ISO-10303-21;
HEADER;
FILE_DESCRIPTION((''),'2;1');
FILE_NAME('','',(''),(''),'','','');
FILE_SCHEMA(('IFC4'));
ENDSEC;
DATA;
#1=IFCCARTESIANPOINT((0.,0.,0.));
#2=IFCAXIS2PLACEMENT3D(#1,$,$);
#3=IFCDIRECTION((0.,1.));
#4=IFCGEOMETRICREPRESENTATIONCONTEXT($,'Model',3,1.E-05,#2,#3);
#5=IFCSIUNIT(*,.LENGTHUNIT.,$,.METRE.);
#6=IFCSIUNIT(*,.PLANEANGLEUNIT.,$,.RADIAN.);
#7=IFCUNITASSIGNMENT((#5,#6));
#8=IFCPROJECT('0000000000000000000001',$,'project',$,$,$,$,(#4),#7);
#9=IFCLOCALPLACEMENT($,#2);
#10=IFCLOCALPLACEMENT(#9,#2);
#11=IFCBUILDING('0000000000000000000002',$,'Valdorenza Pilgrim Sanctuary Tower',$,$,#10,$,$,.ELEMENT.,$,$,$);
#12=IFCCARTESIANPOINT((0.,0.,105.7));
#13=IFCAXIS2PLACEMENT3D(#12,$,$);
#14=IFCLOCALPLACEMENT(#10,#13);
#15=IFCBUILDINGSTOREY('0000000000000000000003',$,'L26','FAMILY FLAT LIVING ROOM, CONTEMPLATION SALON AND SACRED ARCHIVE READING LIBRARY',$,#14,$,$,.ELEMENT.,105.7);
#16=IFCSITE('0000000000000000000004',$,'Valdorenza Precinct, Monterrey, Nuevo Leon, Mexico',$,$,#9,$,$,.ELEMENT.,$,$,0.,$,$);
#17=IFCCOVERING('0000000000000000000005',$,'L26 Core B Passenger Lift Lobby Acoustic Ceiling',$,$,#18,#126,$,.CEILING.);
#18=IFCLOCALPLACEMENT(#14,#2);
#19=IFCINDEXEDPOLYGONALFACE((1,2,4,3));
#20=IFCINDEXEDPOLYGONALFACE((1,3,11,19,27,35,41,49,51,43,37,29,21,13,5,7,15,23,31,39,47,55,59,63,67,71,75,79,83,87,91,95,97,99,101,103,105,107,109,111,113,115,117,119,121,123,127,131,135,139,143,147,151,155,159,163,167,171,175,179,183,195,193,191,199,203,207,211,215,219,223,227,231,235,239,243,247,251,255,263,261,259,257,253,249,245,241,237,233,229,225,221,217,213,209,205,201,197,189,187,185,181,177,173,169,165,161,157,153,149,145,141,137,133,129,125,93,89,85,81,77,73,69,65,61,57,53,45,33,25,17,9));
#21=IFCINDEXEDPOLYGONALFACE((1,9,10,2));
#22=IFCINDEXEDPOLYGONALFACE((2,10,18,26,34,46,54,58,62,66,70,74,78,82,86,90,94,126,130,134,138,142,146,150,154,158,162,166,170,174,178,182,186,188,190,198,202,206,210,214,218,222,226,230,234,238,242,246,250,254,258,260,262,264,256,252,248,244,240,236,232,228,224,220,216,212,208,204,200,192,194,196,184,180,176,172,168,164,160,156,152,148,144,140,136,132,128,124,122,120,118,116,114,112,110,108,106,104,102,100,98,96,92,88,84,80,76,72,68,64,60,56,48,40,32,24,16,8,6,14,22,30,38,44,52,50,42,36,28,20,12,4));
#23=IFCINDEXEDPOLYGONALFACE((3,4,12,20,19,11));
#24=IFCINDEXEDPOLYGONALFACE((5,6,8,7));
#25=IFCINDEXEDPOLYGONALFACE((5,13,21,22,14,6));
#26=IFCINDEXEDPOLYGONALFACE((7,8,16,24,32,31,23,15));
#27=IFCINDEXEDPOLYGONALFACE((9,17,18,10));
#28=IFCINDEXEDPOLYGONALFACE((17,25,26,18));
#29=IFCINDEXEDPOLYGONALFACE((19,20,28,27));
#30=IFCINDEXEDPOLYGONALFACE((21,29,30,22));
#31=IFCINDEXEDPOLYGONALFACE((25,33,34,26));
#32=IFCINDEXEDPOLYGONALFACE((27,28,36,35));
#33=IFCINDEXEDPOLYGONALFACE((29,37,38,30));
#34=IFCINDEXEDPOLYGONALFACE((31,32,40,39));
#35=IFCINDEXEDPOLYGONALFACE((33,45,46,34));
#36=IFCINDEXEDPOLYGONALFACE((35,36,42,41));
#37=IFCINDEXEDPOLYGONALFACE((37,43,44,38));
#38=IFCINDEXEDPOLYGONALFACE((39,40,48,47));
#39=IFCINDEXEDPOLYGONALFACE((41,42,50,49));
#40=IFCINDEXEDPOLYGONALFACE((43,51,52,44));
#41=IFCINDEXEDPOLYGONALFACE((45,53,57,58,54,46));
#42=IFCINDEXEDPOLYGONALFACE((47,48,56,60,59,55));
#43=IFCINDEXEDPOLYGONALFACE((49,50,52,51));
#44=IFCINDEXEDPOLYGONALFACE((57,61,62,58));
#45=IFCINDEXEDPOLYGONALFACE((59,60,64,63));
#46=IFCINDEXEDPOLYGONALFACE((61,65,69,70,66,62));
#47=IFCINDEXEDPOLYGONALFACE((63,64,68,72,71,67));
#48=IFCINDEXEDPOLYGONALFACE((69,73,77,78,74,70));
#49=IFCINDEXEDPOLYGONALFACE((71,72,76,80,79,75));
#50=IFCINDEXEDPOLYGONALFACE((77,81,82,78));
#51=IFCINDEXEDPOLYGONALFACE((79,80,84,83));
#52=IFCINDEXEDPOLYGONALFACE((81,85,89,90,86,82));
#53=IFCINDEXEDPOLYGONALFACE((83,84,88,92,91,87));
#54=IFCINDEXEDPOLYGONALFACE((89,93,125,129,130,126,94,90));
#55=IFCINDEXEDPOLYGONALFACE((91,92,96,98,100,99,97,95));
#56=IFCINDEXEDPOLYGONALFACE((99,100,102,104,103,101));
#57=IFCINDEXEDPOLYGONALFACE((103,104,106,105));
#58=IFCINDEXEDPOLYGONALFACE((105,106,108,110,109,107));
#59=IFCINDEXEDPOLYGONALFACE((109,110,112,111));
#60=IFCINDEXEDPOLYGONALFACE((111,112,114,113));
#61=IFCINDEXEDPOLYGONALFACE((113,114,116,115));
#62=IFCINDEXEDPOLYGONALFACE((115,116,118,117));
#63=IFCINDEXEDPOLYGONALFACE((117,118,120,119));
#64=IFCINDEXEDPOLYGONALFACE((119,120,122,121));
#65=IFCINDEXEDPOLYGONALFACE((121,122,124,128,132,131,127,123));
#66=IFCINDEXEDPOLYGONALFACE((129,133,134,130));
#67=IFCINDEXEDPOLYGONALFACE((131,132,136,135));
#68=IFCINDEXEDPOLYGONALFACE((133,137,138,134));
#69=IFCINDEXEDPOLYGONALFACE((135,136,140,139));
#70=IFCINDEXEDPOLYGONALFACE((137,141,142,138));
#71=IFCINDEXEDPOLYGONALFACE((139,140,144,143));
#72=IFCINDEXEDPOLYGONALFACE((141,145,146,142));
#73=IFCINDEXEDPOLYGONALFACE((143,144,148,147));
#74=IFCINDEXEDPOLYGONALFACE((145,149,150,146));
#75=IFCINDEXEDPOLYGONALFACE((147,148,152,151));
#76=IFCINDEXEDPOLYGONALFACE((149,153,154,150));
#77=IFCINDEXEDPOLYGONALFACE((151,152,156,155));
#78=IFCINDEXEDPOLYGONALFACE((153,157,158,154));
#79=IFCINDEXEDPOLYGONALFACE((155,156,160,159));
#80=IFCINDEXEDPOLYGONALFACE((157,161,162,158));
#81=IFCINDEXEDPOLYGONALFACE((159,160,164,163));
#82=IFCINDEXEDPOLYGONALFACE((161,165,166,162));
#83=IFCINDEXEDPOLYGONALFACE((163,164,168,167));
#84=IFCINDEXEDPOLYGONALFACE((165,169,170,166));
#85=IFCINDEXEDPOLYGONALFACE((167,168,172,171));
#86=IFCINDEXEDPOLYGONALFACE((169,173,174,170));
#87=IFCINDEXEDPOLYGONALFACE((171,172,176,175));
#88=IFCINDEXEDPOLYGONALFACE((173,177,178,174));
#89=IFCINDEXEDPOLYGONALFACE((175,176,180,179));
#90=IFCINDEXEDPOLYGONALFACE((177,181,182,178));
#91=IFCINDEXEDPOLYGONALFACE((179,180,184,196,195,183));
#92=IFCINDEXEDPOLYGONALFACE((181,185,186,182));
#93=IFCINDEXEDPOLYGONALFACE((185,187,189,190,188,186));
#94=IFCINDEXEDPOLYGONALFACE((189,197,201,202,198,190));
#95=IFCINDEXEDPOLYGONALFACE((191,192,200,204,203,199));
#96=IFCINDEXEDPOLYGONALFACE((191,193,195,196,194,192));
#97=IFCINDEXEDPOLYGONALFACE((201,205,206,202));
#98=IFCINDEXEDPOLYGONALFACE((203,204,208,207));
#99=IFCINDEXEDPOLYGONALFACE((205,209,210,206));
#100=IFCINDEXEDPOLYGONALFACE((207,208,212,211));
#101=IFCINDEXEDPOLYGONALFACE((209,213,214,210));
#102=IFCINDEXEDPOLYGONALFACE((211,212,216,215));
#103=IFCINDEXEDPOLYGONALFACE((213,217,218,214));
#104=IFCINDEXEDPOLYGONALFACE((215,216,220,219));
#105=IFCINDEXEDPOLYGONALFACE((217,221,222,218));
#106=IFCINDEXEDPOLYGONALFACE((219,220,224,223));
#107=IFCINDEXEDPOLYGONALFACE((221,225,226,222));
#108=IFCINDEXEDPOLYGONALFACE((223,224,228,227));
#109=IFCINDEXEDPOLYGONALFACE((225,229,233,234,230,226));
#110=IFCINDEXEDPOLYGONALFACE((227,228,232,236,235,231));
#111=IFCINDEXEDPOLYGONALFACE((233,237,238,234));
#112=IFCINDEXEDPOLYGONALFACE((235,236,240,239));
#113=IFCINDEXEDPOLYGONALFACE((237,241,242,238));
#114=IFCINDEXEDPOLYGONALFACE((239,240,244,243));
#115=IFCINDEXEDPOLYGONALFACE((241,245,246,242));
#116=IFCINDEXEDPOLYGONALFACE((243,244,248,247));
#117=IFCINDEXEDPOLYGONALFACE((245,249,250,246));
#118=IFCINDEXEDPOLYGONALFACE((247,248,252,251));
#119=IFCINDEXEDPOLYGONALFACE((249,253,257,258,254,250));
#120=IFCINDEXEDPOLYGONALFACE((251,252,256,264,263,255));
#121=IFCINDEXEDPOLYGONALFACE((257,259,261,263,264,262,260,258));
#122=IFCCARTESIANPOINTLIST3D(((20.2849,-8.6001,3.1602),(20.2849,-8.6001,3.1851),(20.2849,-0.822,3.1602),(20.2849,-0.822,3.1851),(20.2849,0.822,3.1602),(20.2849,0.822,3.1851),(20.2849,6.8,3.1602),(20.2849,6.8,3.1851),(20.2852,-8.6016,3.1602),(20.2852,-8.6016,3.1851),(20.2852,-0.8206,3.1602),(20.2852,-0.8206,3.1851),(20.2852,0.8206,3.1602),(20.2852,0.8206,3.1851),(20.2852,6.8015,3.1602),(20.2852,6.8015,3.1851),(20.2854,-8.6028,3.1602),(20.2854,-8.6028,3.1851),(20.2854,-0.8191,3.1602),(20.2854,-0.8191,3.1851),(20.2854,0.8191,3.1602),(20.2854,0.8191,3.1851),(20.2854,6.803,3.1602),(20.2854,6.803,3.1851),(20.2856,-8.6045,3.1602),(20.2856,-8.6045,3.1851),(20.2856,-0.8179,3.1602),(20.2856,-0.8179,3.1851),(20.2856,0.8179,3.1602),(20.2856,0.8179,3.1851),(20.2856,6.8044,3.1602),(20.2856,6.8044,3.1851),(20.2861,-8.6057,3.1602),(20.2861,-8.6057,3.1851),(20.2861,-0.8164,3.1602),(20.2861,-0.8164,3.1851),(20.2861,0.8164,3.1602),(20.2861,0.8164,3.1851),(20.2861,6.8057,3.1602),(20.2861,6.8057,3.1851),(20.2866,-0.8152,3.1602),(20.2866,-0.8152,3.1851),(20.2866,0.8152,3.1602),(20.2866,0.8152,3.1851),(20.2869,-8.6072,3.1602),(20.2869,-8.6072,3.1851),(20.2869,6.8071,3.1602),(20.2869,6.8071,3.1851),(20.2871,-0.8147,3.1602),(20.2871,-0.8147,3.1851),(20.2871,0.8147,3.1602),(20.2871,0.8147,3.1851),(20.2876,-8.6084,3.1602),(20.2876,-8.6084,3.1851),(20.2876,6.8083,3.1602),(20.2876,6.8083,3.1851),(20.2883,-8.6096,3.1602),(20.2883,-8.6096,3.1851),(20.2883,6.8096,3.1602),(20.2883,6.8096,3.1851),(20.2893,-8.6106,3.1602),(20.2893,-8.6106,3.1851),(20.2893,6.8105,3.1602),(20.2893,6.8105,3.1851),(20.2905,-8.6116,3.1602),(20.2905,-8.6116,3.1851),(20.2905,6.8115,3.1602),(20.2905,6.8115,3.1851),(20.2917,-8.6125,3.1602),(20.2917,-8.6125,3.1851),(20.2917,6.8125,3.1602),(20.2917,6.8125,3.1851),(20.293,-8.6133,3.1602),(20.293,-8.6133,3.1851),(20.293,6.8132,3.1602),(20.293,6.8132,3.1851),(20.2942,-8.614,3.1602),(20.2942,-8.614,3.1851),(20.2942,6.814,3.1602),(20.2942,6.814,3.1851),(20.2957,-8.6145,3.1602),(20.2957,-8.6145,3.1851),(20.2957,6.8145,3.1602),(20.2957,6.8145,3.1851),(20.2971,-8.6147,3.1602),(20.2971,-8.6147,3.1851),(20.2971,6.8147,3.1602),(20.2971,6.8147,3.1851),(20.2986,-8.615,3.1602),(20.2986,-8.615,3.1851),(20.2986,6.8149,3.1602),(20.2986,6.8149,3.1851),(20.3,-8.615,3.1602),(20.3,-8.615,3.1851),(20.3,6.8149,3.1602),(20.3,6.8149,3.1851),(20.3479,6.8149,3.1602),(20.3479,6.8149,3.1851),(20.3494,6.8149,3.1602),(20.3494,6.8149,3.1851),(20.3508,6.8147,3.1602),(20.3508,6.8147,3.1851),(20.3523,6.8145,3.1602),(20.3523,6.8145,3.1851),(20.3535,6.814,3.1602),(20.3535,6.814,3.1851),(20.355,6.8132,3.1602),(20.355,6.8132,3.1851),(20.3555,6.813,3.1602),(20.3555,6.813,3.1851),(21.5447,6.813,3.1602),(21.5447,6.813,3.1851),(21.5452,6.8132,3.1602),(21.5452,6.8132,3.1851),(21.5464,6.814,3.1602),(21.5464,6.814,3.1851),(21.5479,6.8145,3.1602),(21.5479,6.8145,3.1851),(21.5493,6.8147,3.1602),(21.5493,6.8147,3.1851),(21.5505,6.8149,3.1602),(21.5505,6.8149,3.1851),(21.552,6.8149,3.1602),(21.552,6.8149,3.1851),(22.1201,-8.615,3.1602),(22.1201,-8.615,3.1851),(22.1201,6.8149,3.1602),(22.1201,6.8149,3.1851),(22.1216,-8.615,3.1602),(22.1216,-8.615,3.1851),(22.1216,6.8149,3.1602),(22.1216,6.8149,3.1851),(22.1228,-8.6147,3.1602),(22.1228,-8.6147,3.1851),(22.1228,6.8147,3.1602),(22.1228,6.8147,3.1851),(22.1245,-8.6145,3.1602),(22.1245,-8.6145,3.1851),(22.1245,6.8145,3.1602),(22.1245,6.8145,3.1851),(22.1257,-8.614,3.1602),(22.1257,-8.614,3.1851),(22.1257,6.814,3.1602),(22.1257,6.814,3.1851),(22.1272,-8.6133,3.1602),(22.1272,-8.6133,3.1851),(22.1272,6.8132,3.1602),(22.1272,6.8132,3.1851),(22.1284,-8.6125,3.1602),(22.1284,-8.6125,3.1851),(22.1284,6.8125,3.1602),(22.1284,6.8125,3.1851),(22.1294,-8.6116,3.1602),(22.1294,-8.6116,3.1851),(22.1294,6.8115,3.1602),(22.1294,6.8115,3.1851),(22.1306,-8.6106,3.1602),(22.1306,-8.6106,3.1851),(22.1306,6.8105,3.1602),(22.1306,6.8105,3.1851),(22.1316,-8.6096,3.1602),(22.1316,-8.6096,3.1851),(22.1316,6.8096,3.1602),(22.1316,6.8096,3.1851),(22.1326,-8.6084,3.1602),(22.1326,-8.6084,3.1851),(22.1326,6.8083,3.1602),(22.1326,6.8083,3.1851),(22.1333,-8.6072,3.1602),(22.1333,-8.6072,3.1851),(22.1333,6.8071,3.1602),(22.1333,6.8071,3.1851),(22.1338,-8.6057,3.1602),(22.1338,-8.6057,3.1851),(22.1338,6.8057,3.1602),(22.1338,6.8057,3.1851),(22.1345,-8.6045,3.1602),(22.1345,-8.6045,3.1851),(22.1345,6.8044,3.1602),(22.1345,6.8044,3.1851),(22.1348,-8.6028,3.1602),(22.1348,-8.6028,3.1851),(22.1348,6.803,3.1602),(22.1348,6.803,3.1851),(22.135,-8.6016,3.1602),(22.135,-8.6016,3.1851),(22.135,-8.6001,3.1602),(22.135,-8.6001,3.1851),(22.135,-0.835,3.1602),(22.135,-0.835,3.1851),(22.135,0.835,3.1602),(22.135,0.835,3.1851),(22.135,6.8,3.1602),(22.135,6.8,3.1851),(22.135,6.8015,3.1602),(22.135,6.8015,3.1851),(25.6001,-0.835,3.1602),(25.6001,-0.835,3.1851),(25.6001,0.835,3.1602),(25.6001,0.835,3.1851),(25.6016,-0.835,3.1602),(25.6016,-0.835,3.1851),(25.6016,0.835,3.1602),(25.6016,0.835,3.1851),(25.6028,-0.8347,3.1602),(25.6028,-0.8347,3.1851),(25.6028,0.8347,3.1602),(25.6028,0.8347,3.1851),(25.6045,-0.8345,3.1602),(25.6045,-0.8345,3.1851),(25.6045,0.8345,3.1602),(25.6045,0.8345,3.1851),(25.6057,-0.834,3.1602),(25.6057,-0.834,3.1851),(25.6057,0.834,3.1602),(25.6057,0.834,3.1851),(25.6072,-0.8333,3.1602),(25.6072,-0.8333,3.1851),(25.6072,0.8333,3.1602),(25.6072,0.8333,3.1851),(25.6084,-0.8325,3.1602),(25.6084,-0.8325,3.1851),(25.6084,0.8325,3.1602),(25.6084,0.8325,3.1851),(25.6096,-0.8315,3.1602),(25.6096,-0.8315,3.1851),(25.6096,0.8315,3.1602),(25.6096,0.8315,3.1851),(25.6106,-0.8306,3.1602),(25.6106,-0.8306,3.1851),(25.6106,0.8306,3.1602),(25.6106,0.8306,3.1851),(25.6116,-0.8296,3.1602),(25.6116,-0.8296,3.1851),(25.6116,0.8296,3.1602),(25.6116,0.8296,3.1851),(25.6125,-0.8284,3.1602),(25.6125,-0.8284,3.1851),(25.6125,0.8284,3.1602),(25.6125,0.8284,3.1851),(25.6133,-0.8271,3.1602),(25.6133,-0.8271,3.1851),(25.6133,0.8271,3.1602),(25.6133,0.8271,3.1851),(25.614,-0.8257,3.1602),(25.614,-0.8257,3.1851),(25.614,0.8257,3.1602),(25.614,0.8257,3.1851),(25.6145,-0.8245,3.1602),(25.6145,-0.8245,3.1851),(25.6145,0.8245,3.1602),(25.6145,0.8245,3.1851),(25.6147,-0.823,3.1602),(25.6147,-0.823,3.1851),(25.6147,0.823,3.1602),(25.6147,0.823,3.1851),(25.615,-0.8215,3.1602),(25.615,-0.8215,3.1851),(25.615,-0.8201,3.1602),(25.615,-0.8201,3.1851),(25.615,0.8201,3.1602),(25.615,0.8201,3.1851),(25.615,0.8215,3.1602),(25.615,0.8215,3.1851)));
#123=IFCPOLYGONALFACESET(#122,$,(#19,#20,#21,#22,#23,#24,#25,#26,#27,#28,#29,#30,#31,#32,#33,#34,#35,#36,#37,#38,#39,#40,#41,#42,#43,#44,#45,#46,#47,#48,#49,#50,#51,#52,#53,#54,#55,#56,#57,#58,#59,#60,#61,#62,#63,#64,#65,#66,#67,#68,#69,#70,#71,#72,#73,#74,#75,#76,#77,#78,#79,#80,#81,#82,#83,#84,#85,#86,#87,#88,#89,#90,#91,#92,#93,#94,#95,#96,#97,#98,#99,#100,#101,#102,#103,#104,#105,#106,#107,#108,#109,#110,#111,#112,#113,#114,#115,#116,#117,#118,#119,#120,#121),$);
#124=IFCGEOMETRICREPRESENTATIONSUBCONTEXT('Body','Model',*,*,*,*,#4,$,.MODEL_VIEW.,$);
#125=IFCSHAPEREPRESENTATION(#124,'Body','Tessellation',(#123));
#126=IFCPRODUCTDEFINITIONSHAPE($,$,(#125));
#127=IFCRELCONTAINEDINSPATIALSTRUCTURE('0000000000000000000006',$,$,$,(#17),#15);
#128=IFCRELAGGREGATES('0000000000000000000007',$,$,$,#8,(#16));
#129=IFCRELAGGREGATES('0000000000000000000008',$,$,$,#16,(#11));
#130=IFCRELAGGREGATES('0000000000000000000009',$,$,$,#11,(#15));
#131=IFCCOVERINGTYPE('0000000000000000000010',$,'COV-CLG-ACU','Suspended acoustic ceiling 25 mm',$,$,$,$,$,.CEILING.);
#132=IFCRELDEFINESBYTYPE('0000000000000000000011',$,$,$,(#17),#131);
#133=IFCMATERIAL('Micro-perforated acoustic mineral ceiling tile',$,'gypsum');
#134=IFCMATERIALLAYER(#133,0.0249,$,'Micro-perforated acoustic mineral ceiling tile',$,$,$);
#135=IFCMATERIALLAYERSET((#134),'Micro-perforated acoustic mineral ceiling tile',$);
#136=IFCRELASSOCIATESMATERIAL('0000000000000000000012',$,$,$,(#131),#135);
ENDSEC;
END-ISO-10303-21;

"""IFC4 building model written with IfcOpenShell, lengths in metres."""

from ifc_helpers import new_model, si_unit, direction, frame, origin, place, context, subcontext, project, spatial, polyline, outline, extrude, material, layer, layer_set, type_object, element, save


model = new_model("IFC4")

# Units and contexts
model_context = context("Model", 3, precision=1e-05, world=origin(), true_north=direction((0.0, 1.0)))
body_context = subcontext(model_context, "Body", "Model", "MODEL_VIEW")
ifc_project = project(units=[si_unit("LENGTHUNIT", "METRE"), si_unit("PLANEANGLEUNIT", "RADIAN")], contexts=[model_context])

# Site, building, storey
site_placement = place(None, origin())
site = spatial("IfcSite", under=ifc_project, at=site_placement, Name="Valdorenza Precinct, Monterrey, Nuevo Leon, Mexico", CompositionType="ELEMENT", RefElevation=0.0)
building_placement = place(site_placement, origin())
building = spatial("IfcBuilding", under=site, at=building_placement, Name="Valdorenza Pilgrim Sanctuary Tower", CompositionType="ELEMENT")
storey_placement = place(building_placement, frame((0.0, 0.0, 105.7)))
storey = spatial("IfcBuildingStorey", under=building, at=storey_placement, Name="L26", Description="FAMILY FLAT LIVING ROOM, CONTEMPLATION SALON AND SACRED ARCHIVE READING LIBRARY", CompositionType="ELEMENT", Elevation=105.7)

# Covering
ifc_material_1 = material(Name="Micro-perforated acoustic mineral ceiling tile", Category="gypsum")
ifc_layer_1 = layer(ifc_material_1, 0.0249, Name="Micro-perforated acoustic mineral ceiling tile")
ifc_layer_set_1 = layer_set([ifc_layer_1], Name="Micro-perforated acoustic mineral ceiling tile")
covering_type_1 = type_object("IfcCoveringType", Name="COV-CLG-ACU", Description="Suspended acoustic ceiling 25 mm", PredefinedType="CEILING", material=ifc_layer_set_1)
covering_1_placement = place(storey_placement, frame((0.0, 0.0, 3.1602)))
element("IfcCovering", 1, at=covering_1_placement, inside=storey, type_object=covering_type_1, Name="L26 Core B Passenger Lift Lobby Acoustic Ceiling", PredefinedType="CEILING", context=body_context, shape_type="SweptSolid", body=[
    extrude(outline(polyline([(20.2871, -0.8147), (20.2871, 0.8147), (20.2866, 0.8152), (20.2861, 0.8164), (20.2856, 0.8179), (20.2854, 0.8191), (20.2852, 0.8206), (20.2849, 0.822), (20.2849, 6.8), (20.2852, 6.8015), (20.2854, 6.803), (20.2856, 6.8044), (20.2861, 6.8057), (20.2869, 6.8071), (20.2876, 6.8083), (20.2883, 6.8096), (20.2893, 6.8105), (20.2905, 6.8115), (20.2917, 6.8125), (20.293, 6.8132), (20.2942, 6.814), (20.2957, 6.8145), (20.2971, 6.8147), (20.2986, 6.8149), (20.3, 6.8149), (20.3479, 6.8149), (20.3494, 6.8149), (20.3508, 6.8147), (20.3523, 6.8145), (20.3535, 6.814), (20.355, 6.8132), (20.3555, 6.813), (21.5447, 6.813), (21.5452, 6.8132), (21.5464, 6.814), (21.5479, 6.8145), (21.5493, 6.8147), (21.5505, 6.8149), (21.552, 6.8149), (22.1201, 6.8149), (22.1216, 6.8149), (22.1228, 6.8147), (22.1245, 6.8145), (22.1257, 6.814), (22.1272, 6.8132), (22.1284, 6.8125), (22.1294, 6.8115), (22.1306, 6.8105), (22.1316, 6.8096), (22.1326, 6.8083), (22.1333, 6.8071), (22.1338, 6.8057), (22.1345, 6.8044), (22.1348, 6.803), (22.135, 6.8015), (22.135, 6.8), (22.135, 0.835), (25.6001, 0.835), (25.6016, 0.835), (25.6028, 0.8347), (25.6045, 0.8345), (25.6057, 0.834), (25.6072, 0.8333), (25.6084, 0.8325), (25.6096, 0.8315), (25.6106, 0.8306), (25.6116, 0.8296), (25.6125, 0.8284), (25.6133, 0.8271), (25.614, 0.8257), (25.6145, 0.8245), (25.6147, 0.823), (25.615, 0.8215), (25.615, 0.8201), (25.615, -0.8201), (25.615, -0.8215), (25.6147, -0.823), (25.6145, -0.8245), (25.614, -0.8257), (25.6133, -0.8271), (25.6125, -0.8284), (25.6116, -0.8296), (25.6106, -0.8306), (25.6096, -0.8315), (25.6084, -0.8325), (25.6072, -0.8333), (25.6057, -0.834), (25.6045, -0.8345), (25.6028, -0.8347), (25.6016, -0.835), (25.6001, -0.835), (22.135, -0.835), (22.135, -8.6001), (22.135, -8.6016), (22.1348, -8.6028), (22.1345, -8.6045), (22.1338, -8.6057), (22.1333, -8.6072), (22.1326, -8.6084), (22.1316, -8.6096), (22.1306, -8.6106), (22.1294, -8.6116), (22.1284, -8.6125), (22.1272, -8.6133), (22.1257, -8.614), (22.1245, -8.6145), (22.1228, -8.6147), (22.1216, -8.615), (22.1201, -8.615), (20.3, -8.615), (20.2986, -8.615), (20.2971, -8.6147), (20.2957, -8.6145), (20.2942, -8.614), (20.293, -8.6133), (20.2917, -8.6125), (20.2905, -8.6116), (20.2893, -8.6106), (20.2883, -8.6096), (20.2876, -8.6084), (20.2869, -8.6072), (20.2861, -8.6057), (20.2856, -8.6045), (20.2854, -8.6028), (20.2852, -8.6016), (20.2849, -8.6001), (20.2849, -0.822), (20.2852, -0.8206), (20.2854, -0.8191), (20.2856, -0.8179), (20.2861, -0.8164), (20.2866, -0.8152), (20.2871, -0.8147)])), origin(), (0.0, 0.0, 1.0), 0.0249),
])

save(model, "model.ifc")
